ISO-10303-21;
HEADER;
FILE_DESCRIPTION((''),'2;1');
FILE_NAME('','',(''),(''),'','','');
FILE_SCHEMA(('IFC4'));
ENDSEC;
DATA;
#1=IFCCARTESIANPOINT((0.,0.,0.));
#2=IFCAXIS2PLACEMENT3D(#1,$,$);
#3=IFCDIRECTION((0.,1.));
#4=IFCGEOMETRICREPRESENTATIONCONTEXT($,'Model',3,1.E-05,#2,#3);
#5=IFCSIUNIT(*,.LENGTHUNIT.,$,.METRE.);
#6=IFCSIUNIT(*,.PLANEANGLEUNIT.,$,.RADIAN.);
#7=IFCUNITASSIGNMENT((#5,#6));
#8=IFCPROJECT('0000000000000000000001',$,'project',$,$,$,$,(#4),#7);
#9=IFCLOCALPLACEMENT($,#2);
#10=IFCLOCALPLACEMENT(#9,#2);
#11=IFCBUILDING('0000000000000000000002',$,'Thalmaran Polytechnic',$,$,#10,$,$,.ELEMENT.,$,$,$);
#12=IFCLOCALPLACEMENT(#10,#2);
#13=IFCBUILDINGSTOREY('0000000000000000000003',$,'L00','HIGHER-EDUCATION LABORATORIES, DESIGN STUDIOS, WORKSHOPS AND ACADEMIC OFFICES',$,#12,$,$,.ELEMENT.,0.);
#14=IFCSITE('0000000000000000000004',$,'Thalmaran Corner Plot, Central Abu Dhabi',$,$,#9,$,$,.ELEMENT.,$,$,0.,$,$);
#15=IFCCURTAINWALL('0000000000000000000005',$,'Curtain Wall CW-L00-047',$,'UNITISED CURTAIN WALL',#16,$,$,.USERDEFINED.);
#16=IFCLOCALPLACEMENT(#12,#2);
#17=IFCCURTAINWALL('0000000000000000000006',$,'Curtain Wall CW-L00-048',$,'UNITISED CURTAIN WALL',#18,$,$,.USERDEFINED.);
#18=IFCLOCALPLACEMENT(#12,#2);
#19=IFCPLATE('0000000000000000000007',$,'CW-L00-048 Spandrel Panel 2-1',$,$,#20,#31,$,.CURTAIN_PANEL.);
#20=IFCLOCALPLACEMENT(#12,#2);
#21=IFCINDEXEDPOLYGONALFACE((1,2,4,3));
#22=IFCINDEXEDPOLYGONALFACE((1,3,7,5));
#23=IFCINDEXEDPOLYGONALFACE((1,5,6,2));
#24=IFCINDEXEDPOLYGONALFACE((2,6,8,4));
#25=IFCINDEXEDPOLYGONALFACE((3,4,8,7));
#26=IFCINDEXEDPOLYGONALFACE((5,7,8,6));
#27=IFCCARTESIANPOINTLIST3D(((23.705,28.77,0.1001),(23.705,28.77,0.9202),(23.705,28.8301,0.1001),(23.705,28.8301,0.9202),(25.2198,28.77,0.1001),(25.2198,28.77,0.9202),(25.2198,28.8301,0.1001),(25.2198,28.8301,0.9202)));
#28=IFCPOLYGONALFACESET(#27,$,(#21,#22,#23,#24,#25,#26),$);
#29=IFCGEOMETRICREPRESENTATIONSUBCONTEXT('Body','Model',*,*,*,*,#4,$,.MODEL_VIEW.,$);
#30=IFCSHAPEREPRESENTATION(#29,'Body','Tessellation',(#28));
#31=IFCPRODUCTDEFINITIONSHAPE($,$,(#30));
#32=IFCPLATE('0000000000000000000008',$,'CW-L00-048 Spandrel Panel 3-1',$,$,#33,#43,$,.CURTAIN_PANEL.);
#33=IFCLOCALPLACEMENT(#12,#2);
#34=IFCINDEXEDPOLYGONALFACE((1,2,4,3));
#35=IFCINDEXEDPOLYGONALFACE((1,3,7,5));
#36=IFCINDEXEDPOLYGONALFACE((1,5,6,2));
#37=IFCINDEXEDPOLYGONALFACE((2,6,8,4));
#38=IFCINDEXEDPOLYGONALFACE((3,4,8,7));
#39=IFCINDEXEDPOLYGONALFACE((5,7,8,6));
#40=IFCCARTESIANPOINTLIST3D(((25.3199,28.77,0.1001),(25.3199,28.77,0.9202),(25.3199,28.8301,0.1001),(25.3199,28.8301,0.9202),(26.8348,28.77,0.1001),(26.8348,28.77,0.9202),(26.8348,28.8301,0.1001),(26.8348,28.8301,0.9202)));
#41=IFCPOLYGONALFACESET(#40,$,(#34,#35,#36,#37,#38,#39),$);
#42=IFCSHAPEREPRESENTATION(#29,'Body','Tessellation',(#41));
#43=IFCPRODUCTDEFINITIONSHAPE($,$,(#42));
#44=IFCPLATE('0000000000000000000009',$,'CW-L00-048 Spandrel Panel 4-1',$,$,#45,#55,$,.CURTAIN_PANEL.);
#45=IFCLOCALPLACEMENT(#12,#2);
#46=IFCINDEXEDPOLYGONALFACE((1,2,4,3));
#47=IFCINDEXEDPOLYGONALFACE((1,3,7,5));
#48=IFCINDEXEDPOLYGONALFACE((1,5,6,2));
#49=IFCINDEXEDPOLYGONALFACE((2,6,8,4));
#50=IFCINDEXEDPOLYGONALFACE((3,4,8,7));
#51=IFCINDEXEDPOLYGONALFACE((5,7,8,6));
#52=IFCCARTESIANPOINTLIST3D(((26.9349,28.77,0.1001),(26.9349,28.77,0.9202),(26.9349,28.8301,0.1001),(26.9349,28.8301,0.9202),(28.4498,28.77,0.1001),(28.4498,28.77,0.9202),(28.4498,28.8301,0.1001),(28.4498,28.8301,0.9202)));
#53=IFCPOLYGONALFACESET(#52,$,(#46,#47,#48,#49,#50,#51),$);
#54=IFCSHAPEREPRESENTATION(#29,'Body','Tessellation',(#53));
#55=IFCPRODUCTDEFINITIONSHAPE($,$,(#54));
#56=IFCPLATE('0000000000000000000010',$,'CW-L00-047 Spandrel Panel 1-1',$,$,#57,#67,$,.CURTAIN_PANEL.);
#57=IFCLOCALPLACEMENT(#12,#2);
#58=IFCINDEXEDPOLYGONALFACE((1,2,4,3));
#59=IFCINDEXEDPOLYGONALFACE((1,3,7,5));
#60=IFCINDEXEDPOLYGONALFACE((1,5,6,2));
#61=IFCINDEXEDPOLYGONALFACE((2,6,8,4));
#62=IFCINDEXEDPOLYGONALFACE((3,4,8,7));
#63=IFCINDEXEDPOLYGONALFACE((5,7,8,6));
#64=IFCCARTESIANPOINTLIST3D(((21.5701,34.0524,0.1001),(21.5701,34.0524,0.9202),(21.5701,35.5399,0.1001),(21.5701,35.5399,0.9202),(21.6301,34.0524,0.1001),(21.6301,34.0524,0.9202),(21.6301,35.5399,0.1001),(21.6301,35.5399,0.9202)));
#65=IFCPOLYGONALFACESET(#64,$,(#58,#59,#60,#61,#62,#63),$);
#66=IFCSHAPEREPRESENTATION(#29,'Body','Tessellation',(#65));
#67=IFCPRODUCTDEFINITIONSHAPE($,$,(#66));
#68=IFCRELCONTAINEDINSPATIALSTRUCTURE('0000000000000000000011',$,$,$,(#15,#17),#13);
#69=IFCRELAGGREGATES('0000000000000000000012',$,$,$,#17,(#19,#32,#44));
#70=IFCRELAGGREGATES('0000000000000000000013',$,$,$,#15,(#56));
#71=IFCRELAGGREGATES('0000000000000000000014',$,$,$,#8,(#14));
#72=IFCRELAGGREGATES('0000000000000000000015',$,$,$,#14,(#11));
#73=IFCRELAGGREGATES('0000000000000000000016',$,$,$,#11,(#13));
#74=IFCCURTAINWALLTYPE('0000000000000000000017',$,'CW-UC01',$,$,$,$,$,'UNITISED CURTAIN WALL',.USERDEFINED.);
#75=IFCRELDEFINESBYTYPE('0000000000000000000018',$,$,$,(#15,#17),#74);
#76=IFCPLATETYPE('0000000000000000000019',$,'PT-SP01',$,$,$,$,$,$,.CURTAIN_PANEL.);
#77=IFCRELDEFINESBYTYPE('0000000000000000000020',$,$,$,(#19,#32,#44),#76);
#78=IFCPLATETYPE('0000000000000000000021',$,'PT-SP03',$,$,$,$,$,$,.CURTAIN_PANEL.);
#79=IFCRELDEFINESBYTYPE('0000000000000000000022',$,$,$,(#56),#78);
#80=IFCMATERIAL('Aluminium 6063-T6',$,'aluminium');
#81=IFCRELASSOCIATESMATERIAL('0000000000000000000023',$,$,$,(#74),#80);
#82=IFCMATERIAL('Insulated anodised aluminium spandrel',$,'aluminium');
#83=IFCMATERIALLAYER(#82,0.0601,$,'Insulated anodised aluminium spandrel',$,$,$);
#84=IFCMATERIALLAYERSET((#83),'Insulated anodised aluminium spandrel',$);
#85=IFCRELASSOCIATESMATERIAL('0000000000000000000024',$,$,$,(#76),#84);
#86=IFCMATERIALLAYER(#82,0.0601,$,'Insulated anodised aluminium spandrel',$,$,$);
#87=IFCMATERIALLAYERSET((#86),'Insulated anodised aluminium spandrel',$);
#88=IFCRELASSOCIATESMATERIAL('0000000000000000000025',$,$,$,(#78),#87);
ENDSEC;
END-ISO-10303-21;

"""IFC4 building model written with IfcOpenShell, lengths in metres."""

from ifc_helpers import new_model, si_unit, direction, frame, origin, origin_2d, place, context, subcontext, project, spatial, rectangle, extrude, material, layer, layer_set, type_object, element, aggregate, save


model = new_model("IFC4")

# Units and contexts
model_context = context("Model", 3, precision=1e-05, world=origin(), true_north=direction((0.0, 1.0)))
body_context = subcontext(model_context, "Body", "Model", "MODEL_VIEW")
ifc_project = project(units=[si_unit("LENGTHUNIT", "METRE"), si_unit("PLANEANGLEUNIT", "RADIAN")], contexts=[model_context])

# Site, building, storey
site_placement = place(None, origin())
site = spatial("IfcSite", under=ifc_project, at=site_placement, Name="Thalmaran Corner Plot, Central Abu Dhabi", CompositionType="ELEMENT", RefElevation=0.0)
building_placement = place(site_placement, origin())
building = spatial("IfcBuilding", under=site, at=building_placement, Name="Thalmaran Polytechnic", CompositionType="ELEMENT")
storey_placement = place(building_placement, origin())
storey = spatial("IfcBuildingStorey", under=building, at=storey_placement, Name="L00", Description="HIGHER-EDUCATION LABORATORIES, DESIGN STUDIOS, WORKSHOPS AND ACADEMIC OFFICES", CompositionType="ELEMENT", Elevation=0.0)

# Curtain wall
ifc_material_1 = material(Name="Aluminium 6063-T6", Category="aluminium")
curtain_wall_type = type_object("IfcCurtainWallType", Name="CW-UC01", ElementType="UNITISED CURTAIN WALL", PredefinedType="USERDEFINED", material=ifc_material_1)
curtain_wall_1_placement = place(storey_placement, origin())
curtain_wall_1 = element("IfcCurtainWall", 1, at=curtain_wall_1_placement, inside=storey, type_object=curtain_wall_type, Name="Curtain Wall CW-L00-047", ObjectType="UNITISED CURTAIN WALL", PredefinedType="USERDEFINED")

# Curtain wall
curtain_wall_2_placement = place(storey_placement, origin())
curtain_wall_2 = element("IfcCurtainWall", 2, at=curtain_wall_2_placement, inside=storey, type_object=curtain_wall_type, Name="Curtain Wall CW-L00-048", ObjectType="UNITISED CURTAIN WALL", PredefinedType="USERDEFINED")

# Plates
ifc_material_2 = material(Name="Insulated anodised aluminium spandrel", Category="aluminium")
ifc_layer_1 = layer(ifc_material_2, 0.0601, Name="Insulated anodised aluminium spandrel")
ifc_layer_set_1 = layer_set([ifc_layer_1], Name="Insulated anodised aluminium spandrel")
plate_type_1 = type_object("IfcPlateType", Name="PT-SP01", PredefinedType="CURTAIN_PANEL", material=ifc_layer_set_1)
plate_1_placement = place(storey_placement, frame((24.4624, 28.8, 0.1001), z_axis=(0.0, 0.0, 1.0), x_axis=(1.0, 0.0, 0.0)))
plate_1 = element("IfcPlate", 3, at=plate_1_placement, type_object=plate_type_1, Name="CW-L00-048 Spandrel Panel 2-1", PredefinedType="CURTAIN_PANEL", context=body_context, shape_type="SweptSolid", body=[
    extrude(rectangle(XDim=1.5149, YDim=0.0601, at=origin_2d()), origin(), (0.0, 0.0, 1.0), 0.8201),
])
plate_2_placement = place(storey_placement, frame((26.0774, 28.8, 0.1001), z_axis=(0.0, 0.0, 1.0), x_axis=(1.0, 0.0, 0.0)))
plate_2 = element("IfcPlate", 4, at=plate_2_placement, type_object=plate_type_1, Name="CW-L00-048 Spandrel Panel 3-1", PredefinedType="CURTAIN_PANEL", context=body_context, shape_type="SweptSolid", body=[
    extrude(rectangle(XDim=1.5149, YDim=0.0601, at=origin_2d()), origin(), (0.0, 0.0, 1.0), 0.8201),
])
plate_3_placement = place(storey_placement, frame((27.6924, 28.8, 0.1001), z_axis=(0.0, 0.0, 1.0), x_axis=(1.0, 0.0, 0.0)))
plate_3 = element("IfcPlate", 5, at=plate_3_placement, type_object=plate_type_1, Name="CW-L00-048 Spandrel Panel 4-1", PredefinedType="CURTAIN_PANEL", context=body_context, shape_type="SweptSolid", body=[
    extrude(rectangle(XDim=1.5149, YDim=0.0601, at=origin_2d()), origin(), (0.0, 0.0, 1.0), 0.8201),
])
aggregate(curtain_wall_2, [plate_1, plate_2, plate_3])
ifc_layer_2 = layer(ifc_material_2, 0.0601, Name="Insulated anodised aluminium spandrel")
ifc_layer_set_2 = layer_set([ifc_layer_2], Name="Insulated anodised aluminium spandrel")
plate_type_2 = type_object("IfcPlateType", Name="PT-SP03", PredefinedType="CURTAIN_PANEL", material=ifc_layer_set_2)
plate_4_placement = place(storey_placement, frame((21.6001, 34.7961, 0.1001), z_axis=(0.0, 0.0, 1.0), x_axis=(0.0, -1.0, 0.0)))
plate_4 = element("IfcPlate", 6, at=plate_4_placement, type_object=plate_type_2, Name="CW-L00-047 Spandrel Panel 1-1", PredefinedType="CURTAIN_PANEL", context=body_context, shape_type="SweptSolid", body=[
    extrude(rectangle(XDim=1.4875, YDim=0.0601, at=origin_2d()), origin(), (0.0, 0.0, 1.0), 0.8201),
])
aggregate(curtain_wall_1, [plate_4])

save(model, "model.ifc")
